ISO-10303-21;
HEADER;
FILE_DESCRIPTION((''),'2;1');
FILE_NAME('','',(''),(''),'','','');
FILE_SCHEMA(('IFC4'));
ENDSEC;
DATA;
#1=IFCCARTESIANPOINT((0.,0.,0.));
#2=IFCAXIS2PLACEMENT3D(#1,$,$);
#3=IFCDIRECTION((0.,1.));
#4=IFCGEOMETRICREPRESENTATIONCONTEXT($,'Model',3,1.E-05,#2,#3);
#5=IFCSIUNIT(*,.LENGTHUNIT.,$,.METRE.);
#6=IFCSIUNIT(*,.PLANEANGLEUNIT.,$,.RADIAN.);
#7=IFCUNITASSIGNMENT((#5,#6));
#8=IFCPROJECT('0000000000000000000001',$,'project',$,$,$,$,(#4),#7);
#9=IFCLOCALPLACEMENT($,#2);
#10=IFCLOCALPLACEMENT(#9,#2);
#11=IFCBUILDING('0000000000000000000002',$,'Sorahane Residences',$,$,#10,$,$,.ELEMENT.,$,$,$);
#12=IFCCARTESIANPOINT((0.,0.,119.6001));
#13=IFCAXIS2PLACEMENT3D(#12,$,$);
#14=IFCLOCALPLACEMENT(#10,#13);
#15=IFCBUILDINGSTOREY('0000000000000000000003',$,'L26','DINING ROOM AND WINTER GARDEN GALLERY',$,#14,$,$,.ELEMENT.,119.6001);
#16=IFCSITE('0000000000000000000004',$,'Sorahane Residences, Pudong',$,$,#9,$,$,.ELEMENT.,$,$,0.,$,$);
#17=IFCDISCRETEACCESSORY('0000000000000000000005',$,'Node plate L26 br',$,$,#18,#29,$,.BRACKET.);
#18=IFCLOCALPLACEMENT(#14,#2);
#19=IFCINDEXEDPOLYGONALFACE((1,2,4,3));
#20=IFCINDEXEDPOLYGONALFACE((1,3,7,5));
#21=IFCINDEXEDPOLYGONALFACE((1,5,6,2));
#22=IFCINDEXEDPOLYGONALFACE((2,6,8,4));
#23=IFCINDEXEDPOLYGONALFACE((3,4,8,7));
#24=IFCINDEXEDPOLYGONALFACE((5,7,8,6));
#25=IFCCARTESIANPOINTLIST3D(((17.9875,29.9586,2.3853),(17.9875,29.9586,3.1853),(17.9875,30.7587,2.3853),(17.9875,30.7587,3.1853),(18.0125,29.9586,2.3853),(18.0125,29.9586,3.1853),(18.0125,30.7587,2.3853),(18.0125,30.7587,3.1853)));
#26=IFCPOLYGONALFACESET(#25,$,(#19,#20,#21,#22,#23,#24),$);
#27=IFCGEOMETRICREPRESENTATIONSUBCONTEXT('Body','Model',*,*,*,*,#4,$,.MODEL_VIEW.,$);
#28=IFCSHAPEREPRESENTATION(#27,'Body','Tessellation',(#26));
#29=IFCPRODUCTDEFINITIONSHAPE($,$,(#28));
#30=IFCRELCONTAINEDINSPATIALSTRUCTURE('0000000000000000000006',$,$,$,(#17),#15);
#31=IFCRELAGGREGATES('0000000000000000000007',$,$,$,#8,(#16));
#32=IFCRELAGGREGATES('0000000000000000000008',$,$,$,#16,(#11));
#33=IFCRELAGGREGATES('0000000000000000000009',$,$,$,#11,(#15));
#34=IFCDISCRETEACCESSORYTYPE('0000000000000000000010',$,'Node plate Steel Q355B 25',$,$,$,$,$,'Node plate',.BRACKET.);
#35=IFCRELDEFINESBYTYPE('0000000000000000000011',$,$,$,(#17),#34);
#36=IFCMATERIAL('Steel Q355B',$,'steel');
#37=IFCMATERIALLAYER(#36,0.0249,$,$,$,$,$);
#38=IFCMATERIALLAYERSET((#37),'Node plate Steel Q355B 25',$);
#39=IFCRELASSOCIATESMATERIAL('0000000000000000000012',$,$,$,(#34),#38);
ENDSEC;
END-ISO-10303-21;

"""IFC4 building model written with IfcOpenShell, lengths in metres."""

from ifc_helpers import new_model, si_unit, direction, frame, origin, origin_2d, place, context, subcontext, project, spatial, rectangle, extrude, material, layer, layer_set, type_object, element, save


model = new_model("IFC4")

# Units and contexts
model_context = context("Model", 3, precision=1e-05, world=origin(), true_north=direction((0.0, 1.0)))
body_context = subcontext(model_context, "Body", "Model", "MODEL_VIEW")
ifc_project = project(units=[si_unit("LENGTHUNIT", "METRE"), si_unit("PLANEANGLEUNIT", "RADIAN")], contexts=[model_context])

# Site, building, storey
site_placement = place(None, origin())
site = spatial("IfcSite", under=ifc_project, at=site_placement, Name="Sorahane Residences, Pudong", CompositionType="ELEMENT", RefElevation=0.0)
building_placement = place(site_placement, origin())
building = spatial("IfcBuilding", under=site, at=building_placement, Name="Sorahane Residences", CompositionType="ELEMENT")
storey_placement = place(building_placement, frame((0.0, 0.0, 119.6001)))
storey = spatial("IfcBuildingStorey", under=building, at=storey_placement, Name="L26", Description="DINING ROOM AND WINTER GARDEN GALLERY", CompositionType="ELEMENT", Elevation=119.6001)

# Discrete accessory
ifc_material_1 = material(Name="Steel Q355B", Category="steel")
ifc_layer_1 = layer(ifc_material_1, 0.0249)
ifc_layer_set_1 = layer_set([ifc_layer_1], Name="Node plate Steel Q355B 25")
discrete_accessory_type = type_object("IfcDiscreteAccessoryType", Name="Node plate Steel Q355B 25", ElementType="Node plate", PredefinedType="BRACKET", material=ifc_layer_set_1)
for number, where, z_axis, x_axis, name in (
    (1, (18.0, 30.3586, 2.3853), (0.0, 0.0, 1.0), (0.0, 1.0, 0.0), "Node plate L26 br"),
):
    element("IfcDiscreteAccessory", number, at=place(storey_placement, frame(where, z_axis=z_axis, x_axis=x_axis)), inside=storey, type_object=discrete_accessory_type, Name=name, PredefinedType="BRACKET", context=body_context, shape_type="SweptSolid", body=[
        extrude(rectangle(XDim=0.8, YDim=0.0249, at=origin_2d()), origin(), (0.0, 0.0, 1.0), 0.8),
    ])

save(model, "model.ifc")
